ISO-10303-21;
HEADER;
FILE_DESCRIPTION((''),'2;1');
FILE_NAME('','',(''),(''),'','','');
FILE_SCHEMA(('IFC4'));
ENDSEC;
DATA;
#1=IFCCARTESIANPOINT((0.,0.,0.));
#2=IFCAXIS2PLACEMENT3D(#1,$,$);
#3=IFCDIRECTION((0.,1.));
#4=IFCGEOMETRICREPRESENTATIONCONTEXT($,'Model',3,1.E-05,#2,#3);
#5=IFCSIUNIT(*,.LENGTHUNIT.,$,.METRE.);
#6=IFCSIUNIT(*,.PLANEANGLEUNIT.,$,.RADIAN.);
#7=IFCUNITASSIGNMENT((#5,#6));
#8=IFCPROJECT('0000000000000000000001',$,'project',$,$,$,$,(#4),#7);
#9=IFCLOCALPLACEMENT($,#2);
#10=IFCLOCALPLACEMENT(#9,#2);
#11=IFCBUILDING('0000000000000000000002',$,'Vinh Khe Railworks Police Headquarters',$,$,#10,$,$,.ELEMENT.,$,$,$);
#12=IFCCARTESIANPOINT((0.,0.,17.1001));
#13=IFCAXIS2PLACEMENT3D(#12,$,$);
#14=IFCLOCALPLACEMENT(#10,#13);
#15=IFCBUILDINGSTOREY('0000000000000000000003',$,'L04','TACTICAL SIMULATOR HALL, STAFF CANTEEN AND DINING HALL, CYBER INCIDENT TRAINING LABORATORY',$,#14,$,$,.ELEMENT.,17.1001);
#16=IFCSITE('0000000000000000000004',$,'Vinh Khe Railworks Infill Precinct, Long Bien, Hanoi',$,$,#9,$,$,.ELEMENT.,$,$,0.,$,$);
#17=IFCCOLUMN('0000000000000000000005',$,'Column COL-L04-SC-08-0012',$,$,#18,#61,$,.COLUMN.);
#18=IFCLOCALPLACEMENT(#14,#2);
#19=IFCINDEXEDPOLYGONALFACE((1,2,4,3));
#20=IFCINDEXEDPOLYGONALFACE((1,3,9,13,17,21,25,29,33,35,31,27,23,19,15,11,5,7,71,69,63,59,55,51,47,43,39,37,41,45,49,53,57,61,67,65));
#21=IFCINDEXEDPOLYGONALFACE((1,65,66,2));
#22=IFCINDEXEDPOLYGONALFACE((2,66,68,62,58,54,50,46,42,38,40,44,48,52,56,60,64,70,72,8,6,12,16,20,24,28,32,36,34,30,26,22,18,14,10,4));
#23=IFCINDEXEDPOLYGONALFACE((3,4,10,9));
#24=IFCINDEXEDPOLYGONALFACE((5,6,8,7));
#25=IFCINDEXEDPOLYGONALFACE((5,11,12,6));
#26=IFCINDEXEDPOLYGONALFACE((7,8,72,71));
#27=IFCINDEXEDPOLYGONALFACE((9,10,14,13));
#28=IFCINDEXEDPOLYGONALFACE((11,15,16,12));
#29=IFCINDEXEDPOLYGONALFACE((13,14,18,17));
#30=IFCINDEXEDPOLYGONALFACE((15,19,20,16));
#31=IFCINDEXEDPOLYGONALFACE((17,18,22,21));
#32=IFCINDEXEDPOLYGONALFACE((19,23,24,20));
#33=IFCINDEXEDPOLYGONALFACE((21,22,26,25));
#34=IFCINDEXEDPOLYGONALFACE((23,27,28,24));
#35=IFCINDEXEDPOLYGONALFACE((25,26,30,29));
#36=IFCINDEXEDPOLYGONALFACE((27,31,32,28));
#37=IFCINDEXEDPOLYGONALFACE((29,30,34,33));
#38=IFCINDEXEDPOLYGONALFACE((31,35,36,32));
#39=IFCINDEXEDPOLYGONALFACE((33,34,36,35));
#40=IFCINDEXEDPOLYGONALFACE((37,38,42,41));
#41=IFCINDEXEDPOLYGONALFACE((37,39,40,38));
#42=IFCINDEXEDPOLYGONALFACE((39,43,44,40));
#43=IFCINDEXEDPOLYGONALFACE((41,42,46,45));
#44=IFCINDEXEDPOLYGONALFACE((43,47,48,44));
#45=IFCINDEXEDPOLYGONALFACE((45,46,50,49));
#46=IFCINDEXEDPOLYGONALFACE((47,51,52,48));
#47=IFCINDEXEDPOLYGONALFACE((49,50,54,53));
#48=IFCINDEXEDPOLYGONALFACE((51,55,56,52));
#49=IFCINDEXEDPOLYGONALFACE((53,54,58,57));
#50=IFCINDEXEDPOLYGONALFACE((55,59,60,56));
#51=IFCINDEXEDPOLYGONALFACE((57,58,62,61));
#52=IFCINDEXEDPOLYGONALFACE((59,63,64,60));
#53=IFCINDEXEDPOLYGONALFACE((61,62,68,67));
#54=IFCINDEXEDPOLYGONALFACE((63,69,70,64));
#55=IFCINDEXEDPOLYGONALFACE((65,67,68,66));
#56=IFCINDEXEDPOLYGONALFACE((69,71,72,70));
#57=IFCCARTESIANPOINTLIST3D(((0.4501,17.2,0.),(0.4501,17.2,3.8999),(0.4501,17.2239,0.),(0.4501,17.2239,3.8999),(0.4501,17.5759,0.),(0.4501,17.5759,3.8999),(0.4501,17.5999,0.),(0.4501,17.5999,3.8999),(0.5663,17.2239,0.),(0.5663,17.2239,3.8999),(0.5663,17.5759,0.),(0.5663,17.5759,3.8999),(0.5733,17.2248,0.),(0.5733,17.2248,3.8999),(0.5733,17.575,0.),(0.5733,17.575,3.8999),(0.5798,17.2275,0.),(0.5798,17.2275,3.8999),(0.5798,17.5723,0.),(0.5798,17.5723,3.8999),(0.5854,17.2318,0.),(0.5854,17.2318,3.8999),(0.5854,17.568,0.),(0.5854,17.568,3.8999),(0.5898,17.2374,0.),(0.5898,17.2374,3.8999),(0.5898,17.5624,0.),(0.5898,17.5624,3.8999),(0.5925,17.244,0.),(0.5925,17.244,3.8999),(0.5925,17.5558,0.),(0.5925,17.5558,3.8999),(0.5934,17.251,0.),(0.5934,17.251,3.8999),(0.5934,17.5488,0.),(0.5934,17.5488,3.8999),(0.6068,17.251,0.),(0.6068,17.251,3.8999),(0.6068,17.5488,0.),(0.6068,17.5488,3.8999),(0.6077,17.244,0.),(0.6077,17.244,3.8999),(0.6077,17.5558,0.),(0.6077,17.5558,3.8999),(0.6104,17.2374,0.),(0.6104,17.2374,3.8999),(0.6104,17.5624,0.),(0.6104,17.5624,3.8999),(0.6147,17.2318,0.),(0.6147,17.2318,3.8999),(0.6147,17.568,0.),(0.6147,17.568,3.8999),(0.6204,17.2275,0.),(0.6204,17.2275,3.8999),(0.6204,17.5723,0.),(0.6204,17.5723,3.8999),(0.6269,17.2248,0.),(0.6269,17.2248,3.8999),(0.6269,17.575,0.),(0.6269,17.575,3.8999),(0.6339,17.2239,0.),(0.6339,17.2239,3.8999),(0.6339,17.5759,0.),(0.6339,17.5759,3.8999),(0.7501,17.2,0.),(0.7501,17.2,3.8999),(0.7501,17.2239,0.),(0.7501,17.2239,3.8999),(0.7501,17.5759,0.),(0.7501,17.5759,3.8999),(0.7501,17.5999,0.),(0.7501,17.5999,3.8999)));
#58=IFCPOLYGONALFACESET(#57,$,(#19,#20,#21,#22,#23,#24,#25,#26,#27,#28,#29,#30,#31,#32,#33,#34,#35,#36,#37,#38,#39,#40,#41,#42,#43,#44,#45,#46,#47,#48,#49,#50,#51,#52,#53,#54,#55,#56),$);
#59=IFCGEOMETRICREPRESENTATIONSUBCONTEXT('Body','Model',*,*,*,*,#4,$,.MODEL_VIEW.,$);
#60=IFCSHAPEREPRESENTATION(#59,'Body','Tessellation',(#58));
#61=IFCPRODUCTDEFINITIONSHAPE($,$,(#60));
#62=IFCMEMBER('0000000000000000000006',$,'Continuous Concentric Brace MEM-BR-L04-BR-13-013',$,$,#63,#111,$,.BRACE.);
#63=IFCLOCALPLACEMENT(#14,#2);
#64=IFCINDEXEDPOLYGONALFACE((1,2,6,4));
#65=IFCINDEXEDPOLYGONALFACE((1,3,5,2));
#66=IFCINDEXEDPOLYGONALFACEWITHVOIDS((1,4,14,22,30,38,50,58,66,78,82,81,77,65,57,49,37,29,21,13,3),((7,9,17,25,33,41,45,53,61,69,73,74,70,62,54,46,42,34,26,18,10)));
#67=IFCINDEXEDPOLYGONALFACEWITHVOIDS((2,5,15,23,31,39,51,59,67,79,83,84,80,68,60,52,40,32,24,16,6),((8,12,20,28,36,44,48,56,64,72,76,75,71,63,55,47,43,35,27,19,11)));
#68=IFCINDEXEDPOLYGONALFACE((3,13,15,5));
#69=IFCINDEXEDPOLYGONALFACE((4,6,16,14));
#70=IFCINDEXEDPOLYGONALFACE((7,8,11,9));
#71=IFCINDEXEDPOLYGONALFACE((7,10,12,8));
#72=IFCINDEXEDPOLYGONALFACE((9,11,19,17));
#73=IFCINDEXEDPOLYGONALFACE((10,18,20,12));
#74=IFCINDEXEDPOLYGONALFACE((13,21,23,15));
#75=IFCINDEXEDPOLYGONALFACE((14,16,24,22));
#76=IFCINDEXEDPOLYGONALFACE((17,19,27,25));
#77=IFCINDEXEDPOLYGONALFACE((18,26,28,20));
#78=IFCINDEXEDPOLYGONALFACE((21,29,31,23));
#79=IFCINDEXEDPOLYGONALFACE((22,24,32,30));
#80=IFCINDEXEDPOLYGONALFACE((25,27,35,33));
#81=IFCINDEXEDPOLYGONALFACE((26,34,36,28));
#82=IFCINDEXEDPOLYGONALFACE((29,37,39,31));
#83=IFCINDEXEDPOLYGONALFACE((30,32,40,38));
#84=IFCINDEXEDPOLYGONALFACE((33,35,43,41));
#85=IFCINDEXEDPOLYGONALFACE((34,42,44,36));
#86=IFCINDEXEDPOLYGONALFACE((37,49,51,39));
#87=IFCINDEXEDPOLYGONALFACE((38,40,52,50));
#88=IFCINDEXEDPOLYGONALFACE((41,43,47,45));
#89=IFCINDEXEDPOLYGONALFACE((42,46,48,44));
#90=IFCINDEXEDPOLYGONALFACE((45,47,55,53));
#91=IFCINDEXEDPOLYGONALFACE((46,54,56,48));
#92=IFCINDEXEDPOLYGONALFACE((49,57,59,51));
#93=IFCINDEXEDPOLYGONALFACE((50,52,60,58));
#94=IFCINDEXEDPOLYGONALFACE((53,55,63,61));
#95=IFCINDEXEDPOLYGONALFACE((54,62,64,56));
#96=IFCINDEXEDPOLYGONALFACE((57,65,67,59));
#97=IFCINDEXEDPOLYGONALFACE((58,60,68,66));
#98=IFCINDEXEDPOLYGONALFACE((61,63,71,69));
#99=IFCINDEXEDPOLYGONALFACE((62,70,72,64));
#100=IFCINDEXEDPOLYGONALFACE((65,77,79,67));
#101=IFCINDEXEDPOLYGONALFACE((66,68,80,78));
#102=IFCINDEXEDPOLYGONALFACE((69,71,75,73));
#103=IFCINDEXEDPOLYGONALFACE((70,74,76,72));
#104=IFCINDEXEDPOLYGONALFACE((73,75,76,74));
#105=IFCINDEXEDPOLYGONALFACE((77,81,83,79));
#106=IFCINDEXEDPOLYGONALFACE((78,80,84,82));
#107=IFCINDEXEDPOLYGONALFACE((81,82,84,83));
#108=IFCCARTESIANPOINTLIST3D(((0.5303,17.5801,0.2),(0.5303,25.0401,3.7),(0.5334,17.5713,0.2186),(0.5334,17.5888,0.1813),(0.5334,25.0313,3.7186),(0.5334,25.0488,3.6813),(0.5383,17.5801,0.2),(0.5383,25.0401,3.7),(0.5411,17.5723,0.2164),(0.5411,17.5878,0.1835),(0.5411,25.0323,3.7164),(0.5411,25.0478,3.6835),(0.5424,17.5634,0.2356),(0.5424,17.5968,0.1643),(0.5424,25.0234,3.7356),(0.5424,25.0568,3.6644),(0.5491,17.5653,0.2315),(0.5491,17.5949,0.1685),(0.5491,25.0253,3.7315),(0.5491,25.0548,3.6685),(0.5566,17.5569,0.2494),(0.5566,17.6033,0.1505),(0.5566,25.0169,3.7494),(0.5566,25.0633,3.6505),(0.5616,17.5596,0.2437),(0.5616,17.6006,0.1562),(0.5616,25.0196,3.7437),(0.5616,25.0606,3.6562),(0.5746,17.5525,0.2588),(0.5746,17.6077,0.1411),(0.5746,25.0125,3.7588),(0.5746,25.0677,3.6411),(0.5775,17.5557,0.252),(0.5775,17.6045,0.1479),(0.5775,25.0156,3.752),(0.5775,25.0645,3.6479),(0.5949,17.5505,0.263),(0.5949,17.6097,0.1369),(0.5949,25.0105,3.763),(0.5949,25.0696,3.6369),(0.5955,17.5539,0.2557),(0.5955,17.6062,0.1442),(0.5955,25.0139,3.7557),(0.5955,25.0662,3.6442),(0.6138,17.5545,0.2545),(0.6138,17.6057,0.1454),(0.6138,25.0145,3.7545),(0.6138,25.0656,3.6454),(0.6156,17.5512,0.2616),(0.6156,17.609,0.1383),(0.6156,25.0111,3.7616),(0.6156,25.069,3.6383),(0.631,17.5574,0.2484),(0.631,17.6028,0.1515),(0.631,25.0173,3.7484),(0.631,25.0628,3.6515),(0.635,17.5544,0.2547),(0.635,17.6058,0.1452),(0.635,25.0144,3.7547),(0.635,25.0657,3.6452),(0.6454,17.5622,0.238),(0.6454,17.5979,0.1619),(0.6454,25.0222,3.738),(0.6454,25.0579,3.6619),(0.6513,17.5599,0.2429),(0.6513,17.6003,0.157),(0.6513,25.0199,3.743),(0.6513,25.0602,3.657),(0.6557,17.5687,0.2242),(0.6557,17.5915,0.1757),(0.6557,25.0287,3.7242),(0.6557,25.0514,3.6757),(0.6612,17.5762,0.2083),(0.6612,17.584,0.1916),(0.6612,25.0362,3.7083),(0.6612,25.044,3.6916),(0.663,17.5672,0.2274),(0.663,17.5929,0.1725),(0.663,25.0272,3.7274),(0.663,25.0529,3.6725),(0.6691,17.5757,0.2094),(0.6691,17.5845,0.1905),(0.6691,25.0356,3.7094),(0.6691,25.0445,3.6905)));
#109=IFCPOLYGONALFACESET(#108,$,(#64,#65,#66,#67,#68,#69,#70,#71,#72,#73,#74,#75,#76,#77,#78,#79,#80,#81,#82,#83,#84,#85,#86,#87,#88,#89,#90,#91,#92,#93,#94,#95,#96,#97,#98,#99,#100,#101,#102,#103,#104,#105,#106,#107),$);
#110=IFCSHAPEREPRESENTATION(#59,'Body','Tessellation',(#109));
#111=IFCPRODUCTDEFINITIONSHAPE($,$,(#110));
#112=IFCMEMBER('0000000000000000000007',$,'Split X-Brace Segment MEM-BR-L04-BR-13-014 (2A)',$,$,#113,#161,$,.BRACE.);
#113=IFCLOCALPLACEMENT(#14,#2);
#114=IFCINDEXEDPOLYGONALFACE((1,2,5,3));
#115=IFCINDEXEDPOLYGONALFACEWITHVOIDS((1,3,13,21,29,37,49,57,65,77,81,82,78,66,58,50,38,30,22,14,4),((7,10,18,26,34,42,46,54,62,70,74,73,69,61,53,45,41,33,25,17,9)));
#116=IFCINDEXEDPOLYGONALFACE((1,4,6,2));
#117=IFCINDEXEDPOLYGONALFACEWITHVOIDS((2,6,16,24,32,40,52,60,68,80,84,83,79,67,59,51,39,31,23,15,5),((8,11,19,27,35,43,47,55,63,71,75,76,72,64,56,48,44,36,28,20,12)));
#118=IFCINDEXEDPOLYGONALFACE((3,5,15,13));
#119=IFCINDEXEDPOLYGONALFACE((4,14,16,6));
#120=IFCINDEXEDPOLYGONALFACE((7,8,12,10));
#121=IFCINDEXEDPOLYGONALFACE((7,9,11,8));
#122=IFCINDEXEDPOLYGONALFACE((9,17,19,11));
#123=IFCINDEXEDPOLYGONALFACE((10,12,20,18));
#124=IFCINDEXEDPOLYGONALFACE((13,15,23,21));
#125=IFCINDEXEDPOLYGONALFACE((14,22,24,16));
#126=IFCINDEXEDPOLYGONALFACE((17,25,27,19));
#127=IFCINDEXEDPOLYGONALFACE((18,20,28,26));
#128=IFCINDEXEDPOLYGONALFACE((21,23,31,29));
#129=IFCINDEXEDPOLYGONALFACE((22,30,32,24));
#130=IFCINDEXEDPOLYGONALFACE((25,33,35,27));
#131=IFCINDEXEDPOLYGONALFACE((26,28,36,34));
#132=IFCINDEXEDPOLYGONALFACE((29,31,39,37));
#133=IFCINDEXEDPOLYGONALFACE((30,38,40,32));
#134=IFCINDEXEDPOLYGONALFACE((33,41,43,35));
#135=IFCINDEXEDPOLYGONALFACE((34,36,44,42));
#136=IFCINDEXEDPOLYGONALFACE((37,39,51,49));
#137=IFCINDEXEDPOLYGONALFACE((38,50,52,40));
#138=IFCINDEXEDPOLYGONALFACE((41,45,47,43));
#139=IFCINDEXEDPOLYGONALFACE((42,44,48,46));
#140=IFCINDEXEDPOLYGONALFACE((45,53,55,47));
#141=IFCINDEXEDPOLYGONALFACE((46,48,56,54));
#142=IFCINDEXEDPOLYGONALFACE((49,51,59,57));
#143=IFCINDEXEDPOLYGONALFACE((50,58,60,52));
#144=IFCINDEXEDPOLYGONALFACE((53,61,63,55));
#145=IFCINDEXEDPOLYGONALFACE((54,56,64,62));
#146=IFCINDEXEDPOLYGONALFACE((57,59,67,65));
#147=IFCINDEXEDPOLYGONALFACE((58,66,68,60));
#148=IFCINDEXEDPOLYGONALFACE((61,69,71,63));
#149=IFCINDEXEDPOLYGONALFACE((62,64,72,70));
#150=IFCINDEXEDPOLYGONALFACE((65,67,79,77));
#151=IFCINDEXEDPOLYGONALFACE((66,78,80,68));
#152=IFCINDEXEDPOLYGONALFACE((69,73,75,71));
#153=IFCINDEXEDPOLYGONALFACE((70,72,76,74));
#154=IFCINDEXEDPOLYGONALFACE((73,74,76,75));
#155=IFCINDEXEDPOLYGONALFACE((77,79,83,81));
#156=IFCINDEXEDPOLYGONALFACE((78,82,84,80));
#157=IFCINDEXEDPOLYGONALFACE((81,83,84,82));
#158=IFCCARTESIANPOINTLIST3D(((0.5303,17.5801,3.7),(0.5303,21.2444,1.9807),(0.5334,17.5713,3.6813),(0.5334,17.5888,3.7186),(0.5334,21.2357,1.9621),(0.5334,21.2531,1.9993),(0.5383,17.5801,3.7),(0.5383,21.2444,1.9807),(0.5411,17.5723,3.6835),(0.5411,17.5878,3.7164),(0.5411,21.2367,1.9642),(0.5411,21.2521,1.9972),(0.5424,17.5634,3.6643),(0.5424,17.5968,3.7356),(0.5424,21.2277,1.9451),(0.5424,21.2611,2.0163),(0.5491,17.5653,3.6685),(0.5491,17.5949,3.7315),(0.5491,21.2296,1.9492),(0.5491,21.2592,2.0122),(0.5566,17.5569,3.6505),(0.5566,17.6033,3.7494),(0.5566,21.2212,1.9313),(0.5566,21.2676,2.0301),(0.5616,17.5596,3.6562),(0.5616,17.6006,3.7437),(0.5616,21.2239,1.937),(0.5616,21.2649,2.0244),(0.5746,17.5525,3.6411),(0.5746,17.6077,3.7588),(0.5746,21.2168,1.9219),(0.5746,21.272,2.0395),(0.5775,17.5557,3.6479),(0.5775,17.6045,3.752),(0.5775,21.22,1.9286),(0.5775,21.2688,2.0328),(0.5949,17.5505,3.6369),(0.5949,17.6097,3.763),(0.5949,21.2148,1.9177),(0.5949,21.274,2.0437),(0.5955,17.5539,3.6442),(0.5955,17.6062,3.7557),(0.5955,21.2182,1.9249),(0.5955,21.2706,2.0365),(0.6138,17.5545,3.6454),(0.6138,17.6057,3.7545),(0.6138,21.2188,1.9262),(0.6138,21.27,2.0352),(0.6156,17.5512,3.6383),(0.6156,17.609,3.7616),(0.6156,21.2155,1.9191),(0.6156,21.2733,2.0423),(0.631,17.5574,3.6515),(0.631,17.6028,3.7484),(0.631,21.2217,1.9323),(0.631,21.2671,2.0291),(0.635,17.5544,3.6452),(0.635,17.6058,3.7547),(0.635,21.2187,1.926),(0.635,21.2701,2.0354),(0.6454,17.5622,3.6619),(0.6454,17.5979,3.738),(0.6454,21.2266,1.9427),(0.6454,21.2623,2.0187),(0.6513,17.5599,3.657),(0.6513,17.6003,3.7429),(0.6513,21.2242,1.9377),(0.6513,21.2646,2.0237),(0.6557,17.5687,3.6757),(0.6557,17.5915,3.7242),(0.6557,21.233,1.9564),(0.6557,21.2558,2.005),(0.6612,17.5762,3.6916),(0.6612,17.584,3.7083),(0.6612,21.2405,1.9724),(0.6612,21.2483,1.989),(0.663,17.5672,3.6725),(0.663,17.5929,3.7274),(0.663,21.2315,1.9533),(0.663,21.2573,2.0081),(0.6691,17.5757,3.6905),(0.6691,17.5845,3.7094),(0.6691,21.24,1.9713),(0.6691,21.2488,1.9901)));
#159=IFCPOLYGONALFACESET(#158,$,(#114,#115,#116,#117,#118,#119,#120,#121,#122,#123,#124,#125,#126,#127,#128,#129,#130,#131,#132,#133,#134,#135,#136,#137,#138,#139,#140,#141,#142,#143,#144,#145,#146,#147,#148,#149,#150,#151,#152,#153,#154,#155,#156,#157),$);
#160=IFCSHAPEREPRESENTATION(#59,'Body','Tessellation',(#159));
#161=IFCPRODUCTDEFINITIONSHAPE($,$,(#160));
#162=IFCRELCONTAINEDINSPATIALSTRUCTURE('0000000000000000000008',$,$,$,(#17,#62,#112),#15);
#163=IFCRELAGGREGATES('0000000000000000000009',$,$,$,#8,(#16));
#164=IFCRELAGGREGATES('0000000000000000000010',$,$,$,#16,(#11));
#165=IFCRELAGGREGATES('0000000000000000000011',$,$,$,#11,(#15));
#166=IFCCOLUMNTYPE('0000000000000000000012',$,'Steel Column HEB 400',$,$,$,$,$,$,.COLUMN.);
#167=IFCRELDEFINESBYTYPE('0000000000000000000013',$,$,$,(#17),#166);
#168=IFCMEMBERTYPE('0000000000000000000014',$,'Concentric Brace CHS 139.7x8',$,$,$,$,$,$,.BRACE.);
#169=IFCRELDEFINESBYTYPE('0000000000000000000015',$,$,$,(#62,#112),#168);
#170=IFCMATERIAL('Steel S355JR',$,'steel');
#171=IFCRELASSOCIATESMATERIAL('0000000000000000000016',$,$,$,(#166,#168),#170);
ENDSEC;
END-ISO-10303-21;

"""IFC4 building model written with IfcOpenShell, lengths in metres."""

from ifc_helpers import new_model, si_unit, direction, frame, origin, origin_2d, place, context, subcontext, project, spatial, hollow_circle, i_section, extrude, material, material_profile, profile_set, type_object, element, save


model = new_model("IFC4")

# Units and contexts
model_context = context("Model", 3, precision=1e-05, world=origin(), true_north=direction((0.0, 1.0)))
body_context = subcontext(model_context, "Body", "Model", "MODEL_VIEW")
ifc_project = project(units=[si_unit("LENGTHUNIT", "METRE"), si_unit("PLANEANGLEUNIT", "RADIAN")], contexts=[model_context])

# Site, building, storey
site_placement = place(None, origin())
site = spatial("IfcSite", under=ifc_project, at=site_placement, Name="Vinh Khe Railworks Infill Precinct, Long Bien, Hanoi", CompositionType="ELEMENT", RefElevation=0.0)
building_placement = place(site_placement, origin())
building = spatial("IfcBuilding", under=site, at=building_placement, Name="Vinh Khe Railworks Police Headquarters", CompositionType="ELEMENT")
storey_placement = place(building_placement, frame((0.0, 0.0, 17.1001)))
storey = spatial("IfcBuildingStorey", under=building, at=storey_placement, Name="L04", Description="TACTICAL SIMULATOR HALL, STAFF CANTEEN AND DINING HALL, CYBER INCIDENT TRAINING LABORATORY", CompositionType="ELEMENT", Elevation=17.1001)

# Column
ifc_material_1 = material(Name="Steel S355JR", Category="steel")
ifc_material_profile_1 = material_profile(ifc_material_1, i_section(OverallWidth=0.3, OverallDepth=0.3999, WebThickness=0.0134, FlangeThickness=0.0239, FilletRadius=0.0271, at=origin_2d()), Name="HEB 400")
ifc_profile_set_1 = profile_set([ifc_material_profile_1], Name="Steel S355JR")
column_type = type_object("IfcColumnType", Name="Steel Column HEB 400", PredefinedType="COLUMN", material=ifc_profile_set_1)
column_placement = place(storey_placement, frame((0.6001, 17.3999, 0.0), z_axis=(0.0, 0.0, 1.0), x_axis=(1.0, 0.0, 0.0)))
element("IfcColumn", 1, at=column_placement, inside=storey, type_object=column_type, Name="Column COL-L04-SC-08-0012", PredefinedType="COLUMN", context=body_context, shape_type="SweptSolid", body=[
    extrude(i_section(OverallWidth=0.3, OverallDepth=0.3999, WebThickness=0.0134, FlangeThickness=0.0239, FilletRadius=0.0271, at=origin_2d()), origin(), (0.0, 0.0, 1.0), 3.8999),
])

# Members
ifc_material_profile_2 = material_profile(ifc_material_1, hollow_circle(Radius=0.0698, WallThickness=0.0081, at=origin_2d()), Name="CHS 139.7x8")
ifc_profile_set_2 = profile_set([ifc_material_profile_2], Name="Steel S355JR")
member_type = type_object("IfcMemberType", Name="Concentric Brace CHS 139.7x8", PredefinedType="BRACE", material=ifc_profile_set_2)
member_placement = place(storey_placement, frame((0.6001, 17.5801, 0.2), z_axis=(0.0, 0.905312, 0.424747), x_axis=(-1.0, 0.0, 0.0)))
element("IfcMember", 2, at=member_placement, inside=storey, type_object=member_type, Name="Continuous Concentric Brace MEM-BR-L04-BR-13-013", PredefinedType="BRACE", context=body_context, shape_type="SweptSolid", body=[
    extrude(hollow_circle(Radius=0.0698, WallThickness=0.0081, at=origin_2d()), origin(), (0.0, 0.0, 1.0), 8.2402),
])
for number, where, z_axis, x_axis, name in (
    (3, (0.6001, 17.5801, 3.7), (0.0, 0.905307, -0.424757), (-1.0, 0.0, 0.0), "Split X-Brace Segment MEM-BR-L04-BR-13-014 (2A)"),
):
    element("IfcMember", number, at=place(storey_placement, frame(where, z_axis=z_axis, x_axis=x_axis)), inside=storey, type_object=member_type, Name=name, PredefinedType="BRACE", context=body_context, shape_type="SweptSolid", body=[
        extrude(hollow_circle(Radius=0.0698, WallThickness=0.0081, at=origin_2d()), origin(), (0.0, 0.0, 1.0), 4.0476),
    ])

save(model, "model.ifc")
